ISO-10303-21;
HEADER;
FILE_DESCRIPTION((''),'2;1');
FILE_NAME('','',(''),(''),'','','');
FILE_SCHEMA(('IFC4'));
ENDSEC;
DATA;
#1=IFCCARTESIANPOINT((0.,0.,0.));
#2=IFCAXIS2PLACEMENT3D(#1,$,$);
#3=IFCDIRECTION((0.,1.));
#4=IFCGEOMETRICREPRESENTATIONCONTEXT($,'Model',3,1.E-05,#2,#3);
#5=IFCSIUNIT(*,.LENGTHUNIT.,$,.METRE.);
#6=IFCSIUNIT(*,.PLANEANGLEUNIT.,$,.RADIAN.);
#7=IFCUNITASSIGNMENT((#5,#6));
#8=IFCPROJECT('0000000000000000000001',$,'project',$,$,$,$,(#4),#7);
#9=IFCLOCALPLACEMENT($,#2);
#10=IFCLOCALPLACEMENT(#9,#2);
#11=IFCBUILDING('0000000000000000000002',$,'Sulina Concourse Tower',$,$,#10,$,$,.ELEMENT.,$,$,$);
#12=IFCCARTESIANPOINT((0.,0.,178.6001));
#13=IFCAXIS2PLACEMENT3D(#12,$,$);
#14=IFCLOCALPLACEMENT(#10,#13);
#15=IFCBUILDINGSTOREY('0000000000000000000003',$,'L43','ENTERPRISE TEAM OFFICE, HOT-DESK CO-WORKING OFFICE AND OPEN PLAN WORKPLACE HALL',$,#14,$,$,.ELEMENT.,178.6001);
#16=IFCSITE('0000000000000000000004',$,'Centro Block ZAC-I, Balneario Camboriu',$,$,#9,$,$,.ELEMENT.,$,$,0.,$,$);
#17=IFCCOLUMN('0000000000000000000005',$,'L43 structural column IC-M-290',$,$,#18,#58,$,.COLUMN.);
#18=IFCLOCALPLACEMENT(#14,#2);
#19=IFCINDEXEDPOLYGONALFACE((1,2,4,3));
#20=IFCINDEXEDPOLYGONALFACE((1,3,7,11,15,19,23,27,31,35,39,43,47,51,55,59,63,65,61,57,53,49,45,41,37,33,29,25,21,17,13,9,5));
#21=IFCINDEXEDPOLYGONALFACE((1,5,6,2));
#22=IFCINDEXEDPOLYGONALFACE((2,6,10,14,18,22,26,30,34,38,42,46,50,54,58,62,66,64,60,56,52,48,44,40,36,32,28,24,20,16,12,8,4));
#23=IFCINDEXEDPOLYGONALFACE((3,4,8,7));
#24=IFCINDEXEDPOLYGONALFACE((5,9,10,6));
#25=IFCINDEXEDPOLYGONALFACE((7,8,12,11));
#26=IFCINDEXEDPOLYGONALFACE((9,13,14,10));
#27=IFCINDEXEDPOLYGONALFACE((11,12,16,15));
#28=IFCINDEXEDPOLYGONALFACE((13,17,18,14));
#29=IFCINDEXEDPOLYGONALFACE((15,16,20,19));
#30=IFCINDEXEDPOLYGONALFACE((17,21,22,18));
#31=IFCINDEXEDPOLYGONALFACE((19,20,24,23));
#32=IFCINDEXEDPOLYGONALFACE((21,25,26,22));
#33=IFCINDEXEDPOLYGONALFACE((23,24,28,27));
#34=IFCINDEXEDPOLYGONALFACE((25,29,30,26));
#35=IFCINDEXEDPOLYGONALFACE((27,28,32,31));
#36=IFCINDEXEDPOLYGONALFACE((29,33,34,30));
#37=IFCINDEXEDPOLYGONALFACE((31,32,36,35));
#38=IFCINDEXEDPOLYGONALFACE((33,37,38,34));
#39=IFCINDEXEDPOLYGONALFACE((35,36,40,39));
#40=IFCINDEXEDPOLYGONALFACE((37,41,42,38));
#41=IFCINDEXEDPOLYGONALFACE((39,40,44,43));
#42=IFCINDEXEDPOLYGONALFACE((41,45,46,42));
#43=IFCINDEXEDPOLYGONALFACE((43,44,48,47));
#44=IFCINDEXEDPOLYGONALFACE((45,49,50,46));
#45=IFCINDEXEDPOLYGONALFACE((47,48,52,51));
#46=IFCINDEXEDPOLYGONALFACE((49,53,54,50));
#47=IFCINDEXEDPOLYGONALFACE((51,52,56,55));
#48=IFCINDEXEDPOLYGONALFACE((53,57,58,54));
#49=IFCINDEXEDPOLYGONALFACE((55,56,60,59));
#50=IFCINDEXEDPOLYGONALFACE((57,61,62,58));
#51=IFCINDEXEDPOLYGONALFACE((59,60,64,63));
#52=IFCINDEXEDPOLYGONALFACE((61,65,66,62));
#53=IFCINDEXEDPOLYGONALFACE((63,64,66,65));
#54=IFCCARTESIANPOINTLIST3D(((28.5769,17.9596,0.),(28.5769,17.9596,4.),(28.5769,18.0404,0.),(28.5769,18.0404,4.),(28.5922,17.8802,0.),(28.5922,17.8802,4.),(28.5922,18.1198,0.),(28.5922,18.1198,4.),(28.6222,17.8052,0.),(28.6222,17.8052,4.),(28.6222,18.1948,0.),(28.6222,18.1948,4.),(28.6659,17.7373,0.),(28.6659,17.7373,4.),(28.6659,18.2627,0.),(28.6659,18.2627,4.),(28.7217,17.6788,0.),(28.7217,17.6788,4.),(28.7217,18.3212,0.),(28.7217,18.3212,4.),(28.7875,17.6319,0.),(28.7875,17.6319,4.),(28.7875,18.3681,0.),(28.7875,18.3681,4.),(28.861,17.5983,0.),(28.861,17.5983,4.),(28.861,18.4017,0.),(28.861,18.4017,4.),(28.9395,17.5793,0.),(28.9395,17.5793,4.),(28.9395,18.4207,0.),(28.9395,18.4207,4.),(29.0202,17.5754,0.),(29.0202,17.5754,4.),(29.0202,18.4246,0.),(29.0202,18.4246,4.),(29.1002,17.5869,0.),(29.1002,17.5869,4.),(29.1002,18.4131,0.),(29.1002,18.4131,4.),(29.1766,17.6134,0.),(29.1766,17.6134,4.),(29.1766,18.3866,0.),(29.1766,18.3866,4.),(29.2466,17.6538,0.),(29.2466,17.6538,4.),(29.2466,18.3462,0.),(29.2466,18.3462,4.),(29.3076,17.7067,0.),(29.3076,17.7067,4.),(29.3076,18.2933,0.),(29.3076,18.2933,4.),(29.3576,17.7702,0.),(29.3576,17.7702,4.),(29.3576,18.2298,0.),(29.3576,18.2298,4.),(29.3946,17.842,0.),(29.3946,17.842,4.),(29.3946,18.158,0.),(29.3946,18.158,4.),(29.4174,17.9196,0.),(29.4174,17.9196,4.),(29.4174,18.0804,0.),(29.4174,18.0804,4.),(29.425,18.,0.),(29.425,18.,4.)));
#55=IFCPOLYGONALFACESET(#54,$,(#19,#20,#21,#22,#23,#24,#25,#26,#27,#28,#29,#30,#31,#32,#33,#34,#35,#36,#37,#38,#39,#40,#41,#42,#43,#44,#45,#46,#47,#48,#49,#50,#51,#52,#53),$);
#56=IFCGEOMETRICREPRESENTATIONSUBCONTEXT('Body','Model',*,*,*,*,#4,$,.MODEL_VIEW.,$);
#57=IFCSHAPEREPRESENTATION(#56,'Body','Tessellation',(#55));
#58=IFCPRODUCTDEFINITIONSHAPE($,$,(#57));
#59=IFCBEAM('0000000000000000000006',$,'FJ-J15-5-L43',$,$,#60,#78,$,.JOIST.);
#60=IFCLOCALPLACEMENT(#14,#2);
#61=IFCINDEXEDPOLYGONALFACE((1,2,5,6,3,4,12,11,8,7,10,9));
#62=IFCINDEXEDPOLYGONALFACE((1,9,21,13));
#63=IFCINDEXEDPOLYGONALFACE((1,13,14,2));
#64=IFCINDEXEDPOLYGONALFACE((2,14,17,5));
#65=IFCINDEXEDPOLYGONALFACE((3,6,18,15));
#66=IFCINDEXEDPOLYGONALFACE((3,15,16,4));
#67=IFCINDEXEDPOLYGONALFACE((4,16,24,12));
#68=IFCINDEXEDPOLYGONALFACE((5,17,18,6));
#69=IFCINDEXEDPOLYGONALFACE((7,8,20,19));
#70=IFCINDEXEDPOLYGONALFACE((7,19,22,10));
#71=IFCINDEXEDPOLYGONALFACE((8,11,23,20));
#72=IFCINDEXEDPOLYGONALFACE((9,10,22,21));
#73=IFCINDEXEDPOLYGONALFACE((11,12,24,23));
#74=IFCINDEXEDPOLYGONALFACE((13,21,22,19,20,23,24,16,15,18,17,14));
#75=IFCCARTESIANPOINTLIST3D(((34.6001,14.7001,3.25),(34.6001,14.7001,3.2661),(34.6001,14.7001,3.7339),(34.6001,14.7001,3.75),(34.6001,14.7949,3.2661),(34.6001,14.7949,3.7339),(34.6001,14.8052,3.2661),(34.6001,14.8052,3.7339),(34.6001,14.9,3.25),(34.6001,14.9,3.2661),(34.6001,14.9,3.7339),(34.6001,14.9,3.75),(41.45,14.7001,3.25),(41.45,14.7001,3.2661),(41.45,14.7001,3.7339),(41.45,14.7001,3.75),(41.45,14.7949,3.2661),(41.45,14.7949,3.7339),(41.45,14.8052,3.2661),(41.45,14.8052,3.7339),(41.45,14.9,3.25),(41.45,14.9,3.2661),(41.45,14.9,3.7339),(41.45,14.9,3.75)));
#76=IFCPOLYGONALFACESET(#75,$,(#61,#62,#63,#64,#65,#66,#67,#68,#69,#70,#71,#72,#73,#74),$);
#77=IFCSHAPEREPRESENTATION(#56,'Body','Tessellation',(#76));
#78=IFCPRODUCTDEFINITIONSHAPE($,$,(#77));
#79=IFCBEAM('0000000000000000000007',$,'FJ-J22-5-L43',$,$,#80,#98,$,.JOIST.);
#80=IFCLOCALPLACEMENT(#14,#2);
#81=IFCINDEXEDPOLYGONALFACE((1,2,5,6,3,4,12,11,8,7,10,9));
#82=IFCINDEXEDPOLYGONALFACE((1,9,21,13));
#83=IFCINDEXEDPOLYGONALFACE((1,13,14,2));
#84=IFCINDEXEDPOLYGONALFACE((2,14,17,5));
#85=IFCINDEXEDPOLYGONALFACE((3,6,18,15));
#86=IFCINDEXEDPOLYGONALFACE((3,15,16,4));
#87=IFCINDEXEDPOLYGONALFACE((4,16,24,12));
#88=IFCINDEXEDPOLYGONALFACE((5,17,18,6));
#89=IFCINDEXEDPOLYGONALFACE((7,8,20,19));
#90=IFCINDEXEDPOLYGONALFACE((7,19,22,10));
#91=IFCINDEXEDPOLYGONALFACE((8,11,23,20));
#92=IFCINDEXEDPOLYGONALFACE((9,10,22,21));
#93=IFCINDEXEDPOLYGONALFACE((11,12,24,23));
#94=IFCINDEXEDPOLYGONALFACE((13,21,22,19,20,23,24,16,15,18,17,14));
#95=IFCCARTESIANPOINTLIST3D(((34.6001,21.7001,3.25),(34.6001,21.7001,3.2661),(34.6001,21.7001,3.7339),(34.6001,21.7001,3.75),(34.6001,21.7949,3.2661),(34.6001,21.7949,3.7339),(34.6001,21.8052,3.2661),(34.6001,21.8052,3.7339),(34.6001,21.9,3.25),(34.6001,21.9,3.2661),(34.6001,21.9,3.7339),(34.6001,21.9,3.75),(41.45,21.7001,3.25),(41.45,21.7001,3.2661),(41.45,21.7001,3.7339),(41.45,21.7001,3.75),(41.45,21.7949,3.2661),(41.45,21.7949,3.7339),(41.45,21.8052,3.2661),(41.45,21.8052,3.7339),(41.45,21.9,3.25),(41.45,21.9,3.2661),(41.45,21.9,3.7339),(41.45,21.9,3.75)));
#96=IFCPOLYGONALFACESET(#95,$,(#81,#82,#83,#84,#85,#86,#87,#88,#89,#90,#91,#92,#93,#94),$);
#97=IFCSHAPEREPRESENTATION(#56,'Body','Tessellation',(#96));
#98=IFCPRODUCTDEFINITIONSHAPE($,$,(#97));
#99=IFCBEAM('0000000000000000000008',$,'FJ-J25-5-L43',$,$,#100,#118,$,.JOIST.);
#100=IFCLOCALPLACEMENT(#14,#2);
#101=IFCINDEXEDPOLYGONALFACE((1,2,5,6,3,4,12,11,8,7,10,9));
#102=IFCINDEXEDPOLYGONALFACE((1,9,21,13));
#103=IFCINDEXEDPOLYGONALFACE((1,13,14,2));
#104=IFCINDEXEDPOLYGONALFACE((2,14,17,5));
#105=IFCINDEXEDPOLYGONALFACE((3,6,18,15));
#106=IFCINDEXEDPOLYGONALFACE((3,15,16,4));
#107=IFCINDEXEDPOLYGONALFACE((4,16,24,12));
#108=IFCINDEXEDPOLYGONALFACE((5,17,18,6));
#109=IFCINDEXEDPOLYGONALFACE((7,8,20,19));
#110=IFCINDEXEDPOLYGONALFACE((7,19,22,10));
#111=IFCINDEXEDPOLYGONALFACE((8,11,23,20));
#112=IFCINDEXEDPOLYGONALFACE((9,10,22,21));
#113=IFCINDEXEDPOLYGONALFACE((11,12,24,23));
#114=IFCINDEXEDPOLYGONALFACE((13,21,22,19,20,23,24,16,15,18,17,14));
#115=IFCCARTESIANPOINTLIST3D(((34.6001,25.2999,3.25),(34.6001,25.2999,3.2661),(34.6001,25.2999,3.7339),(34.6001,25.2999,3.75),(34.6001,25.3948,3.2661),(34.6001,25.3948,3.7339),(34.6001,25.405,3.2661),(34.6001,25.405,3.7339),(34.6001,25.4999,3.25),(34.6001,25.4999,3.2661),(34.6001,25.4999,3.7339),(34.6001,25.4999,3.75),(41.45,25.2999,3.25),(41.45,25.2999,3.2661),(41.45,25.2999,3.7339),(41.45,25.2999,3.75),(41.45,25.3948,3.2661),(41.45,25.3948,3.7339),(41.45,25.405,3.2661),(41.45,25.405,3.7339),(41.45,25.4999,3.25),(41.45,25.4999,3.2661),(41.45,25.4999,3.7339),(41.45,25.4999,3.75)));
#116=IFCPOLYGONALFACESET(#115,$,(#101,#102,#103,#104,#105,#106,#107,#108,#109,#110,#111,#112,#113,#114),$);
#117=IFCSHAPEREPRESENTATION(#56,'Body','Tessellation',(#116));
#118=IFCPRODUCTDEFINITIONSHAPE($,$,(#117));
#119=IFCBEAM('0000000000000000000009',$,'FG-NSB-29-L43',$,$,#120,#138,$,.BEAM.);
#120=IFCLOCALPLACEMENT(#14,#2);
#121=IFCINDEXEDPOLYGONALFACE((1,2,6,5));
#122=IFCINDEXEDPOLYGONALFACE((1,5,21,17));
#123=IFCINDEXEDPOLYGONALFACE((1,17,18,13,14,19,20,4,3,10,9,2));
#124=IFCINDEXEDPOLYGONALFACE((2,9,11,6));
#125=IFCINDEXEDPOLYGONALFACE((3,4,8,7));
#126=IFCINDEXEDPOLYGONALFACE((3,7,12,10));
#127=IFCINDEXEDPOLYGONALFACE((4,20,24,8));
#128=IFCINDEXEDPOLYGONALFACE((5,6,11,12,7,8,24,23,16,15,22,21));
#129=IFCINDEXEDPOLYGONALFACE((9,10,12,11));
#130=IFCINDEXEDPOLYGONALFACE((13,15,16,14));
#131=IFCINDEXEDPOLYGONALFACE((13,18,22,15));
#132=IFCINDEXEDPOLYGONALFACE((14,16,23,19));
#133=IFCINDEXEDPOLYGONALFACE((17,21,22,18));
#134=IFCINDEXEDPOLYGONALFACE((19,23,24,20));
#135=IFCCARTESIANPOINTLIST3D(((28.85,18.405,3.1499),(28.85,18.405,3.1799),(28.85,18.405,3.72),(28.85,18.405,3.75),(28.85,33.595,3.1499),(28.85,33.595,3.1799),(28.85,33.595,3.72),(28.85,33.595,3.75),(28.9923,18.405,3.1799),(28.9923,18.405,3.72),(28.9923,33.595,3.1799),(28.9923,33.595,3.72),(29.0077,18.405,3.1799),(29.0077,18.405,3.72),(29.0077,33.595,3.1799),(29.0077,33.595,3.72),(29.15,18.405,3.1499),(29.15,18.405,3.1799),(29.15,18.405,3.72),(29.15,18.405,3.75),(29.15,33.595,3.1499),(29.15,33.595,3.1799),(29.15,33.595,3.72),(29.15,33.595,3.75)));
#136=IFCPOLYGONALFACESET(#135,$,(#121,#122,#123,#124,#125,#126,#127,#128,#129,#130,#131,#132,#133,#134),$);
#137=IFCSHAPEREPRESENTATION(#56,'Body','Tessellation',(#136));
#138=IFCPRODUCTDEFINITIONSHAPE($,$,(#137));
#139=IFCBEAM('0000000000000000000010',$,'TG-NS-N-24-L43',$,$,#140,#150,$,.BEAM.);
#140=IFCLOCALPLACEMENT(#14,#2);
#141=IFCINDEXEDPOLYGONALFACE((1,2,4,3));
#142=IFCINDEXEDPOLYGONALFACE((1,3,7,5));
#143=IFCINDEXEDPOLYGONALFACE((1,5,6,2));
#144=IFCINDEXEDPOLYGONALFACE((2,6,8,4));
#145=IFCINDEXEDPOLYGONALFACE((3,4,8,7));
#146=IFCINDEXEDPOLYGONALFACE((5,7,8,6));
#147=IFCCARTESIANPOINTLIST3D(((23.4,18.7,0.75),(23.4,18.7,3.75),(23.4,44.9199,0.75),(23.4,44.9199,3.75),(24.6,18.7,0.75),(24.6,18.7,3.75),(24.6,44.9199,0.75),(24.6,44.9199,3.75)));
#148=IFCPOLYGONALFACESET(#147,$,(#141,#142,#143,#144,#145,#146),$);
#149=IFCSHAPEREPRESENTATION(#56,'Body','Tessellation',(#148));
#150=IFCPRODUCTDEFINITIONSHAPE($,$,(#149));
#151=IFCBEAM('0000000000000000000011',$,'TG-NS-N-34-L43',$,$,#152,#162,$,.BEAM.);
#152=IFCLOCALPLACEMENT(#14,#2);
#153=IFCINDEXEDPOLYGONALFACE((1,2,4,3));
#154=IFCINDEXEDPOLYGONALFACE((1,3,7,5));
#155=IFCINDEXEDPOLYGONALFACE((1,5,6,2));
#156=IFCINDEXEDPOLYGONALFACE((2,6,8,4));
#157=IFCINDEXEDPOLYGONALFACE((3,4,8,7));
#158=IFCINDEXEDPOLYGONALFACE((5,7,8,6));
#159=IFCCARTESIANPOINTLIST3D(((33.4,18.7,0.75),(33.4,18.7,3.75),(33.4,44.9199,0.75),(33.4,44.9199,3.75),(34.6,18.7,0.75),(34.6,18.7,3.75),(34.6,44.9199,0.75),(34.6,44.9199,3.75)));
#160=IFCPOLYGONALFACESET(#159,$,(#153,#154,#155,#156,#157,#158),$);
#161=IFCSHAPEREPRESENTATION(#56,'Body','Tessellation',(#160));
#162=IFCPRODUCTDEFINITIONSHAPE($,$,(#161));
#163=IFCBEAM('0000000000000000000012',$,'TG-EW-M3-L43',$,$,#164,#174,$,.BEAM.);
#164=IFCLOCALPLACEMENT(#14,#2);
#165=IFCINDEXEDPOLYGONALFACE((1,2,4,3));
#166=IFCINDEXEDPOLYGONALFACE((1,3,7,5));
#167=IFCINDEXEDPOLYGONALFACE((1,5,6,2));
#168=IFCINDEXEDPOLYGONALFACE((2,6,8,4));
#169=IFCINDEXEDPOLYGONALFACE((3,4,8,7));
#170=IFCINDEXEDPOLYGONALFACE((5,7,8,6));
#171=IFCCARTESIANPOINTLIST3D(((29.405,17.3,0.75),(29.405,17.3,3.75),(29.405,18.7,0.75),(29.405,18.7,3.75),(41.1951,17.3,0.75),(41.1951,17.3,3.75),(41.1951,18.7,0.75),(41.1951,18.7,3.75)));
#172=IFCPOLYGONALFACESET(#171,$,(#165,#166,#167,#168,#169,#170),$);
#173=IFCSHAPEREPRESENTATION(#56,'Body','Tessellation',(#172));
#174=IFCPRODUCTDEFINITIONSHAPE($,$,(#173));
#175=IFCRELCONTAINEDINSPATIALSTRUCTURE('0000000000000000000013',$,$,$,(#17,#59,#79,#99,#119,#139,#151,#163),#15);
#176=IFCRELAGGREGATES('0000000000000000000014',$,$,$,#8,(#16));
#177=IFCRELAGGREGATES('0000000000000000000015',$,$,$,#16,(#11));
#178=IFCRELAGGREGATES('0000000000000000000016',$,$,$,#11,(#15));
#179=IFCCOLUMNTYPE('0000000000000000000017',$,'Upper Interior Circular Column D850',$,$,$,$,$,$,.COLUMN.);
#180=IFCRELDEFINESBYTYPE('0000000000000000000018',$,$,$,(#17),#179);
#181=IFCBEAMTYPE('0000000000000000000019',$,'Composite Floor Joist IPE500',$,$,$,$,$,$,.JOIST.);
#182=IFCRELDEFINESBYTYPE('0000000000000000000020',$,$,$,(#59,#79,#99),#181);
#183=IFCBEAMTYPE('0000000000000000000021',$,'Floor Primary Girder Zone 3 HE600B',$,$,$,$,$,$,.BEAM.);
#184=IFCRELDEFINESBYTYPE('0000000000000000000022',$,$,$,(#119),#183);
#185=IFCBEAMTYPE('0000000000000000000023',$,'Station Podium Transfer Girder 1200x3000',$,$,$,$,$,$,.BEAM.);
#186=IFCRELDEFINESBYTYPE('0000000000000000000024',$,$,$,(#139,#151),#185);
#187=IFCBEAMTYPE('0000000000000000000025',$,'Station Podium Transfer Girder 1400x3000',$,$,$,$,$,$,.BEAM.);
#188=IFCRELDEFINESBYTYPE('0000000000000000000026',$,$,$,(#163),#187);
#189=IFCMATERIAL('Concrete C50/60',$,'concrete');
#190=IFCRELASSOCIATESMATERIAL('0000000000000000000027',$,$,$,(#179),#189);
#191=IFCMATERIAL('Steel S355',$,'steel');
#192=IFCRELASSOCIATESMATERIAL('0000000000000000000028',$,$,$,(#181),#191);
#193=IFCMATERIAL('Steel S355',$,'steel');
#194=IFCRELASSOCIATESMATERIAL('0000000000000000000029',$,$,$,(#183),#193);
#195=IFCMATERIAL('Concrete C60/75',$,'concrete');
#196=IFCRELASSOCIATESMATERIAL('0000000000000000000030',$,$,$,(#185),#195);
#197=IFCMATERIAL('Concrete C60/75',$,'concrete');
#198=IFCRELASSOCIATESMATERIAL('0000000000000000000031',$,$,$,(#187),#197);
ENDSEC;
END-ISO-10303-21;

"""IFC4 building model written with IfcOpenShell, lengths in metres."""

from ifc_helpers import new_model, si_unit, direction, frame, origin, origin_2d, place, context, subcontext, project, spatial, rectangle, circle, i_section, extrude, material, material_profile, profile_set, type_object, element, save


model = new_model("IFC4")

# Units and contexts
model_context = context("Model", 3, precision=1e-05, world=origin(), true_north=direction((0.0, 1.0)))
body_context = subcontext(model_context, "Body", "Model", "MODEL_VIEW")
ifc_project = project(units=[si_unit("LENGTHUNIT", "METRE"), si_unit("PLANEANGLEUNIT", "RADIAN")], contexts=[model_context])

# Site, building, storey
site_placement = place(None, origin())
site = spatial("IfcSite", under=ifc_project, at=site_placement, Name="Centro Block ZAC-I, Balneario Camboriu", CompositionType="ELEMENT", RefElevation=0.0)
building_placement = place(site_placement, origin())
building = spatial("IfcBuilding", under=site, at=building_placement, Name="Sulina Concourse Tower", CompositionType="ELEMENT")
storey_placement = place(building_placement, frame((0.0, 0.0, 178.6001)))
storey = spatial("IfcBuildingStorey", under=building, at=storey_placement, Name="L43", Description="ENTERPRISE TEAM OFFICE, HOT-DESK CO-WORKING OFFICE AND OPEN PLAN WORKPLACE HALL", CompositionType="ELEMENT", Elevation=178.6001)

# Column
ifc_material_1 = material(Name="Concrete C50/60", Category="concrete")
ifc_material_profile_1 = material_profile(ifc_material_1, circle(Radius=0.425, at=origin_2d()), Name="RC D850")
ifc_profile_set_1 = profile_set([ifc_material_profile_1], Name="Concrete C50/60")
column_type = type_object("IfcColumnType", Name="Upper Interior Circular Column D850", PredefinedType="COLUMN", material=ifc_profile_set_1)
column_placement = place(storey_placement, frame((29.0, 18.0, 0.0), z_axis=(0.0, 0.0, 1.0), x_axis=(1.0, 0.0, 0.0)))
element("IfcColumn", 1, at=column_placement, inside=storey, type_object=column_type, Name="L43 structural column IC-M-290", PredefinedType="COLUMN", context=body_context, shape_type="SweptSolid", body=[
    extrude(circle(Radius=0.425, at=origin_2d()), origin(), (0.0, 0.0, 1.0), 4.0),
])

# Beams
ifc_material_2 = material(Name="Steel S355", Category="steel")
ifc_material_profile_2 = material_profile(ifc_material_2, i_section(OverallWidth=0.2, OverallDepth=0.5, WebThickness=0.0103, FlangeThickness=0.0161, at=origin_2d()), Name="IPE 500")
ifc_profile_set_2 = profile_set([ifc_material_profile_2], Name="Steel S355")
beam_type_1 = type_object("IfcBeamType", Name="Composite Floor Joist IPE500", PredefinedType="JOIST", material=ifc_profile_set_2)
for number, where, z_axis, x_axis, name in (
    (2, (34.6001, 14.8, 3.5), (1.0, 0.0, 0.0), (0.0, 1.0, 0.0), "FJ-J15-5-L43"),
    (3, (34.6001, 21.8, 3.5), (1.0, 0.0, 0.0), (0.0, 1.0, 0.0), "FJ-J22-5-L43"),
    (4, (34.6001, 25.3999, 3.5), (1.0, 0.0, 0.0), (0.0, 1.0, 0.0), "FJ-J25-5-L43"),
):
    element("IfcBeam", number, at=place(storey_placement, frame(where, z_axis=z_axis, x_axis=x_axis)), inside=storey, type_object=beam_type_1, Name=name, PredefinedType="JOIST", context=body_context, shape_type="SweptSolid", body=[
        extrude(i_section(OverallWidth=0.2, OverallDepth=0.5, WebThickness=0.0103, FlangeThickness=0.0161, at=origin_2d()), origin(), (0.0, 0.0, 1.0), 6.8499),
    ])
ifc_material_3 = material(Name="Steel S355", Category="steel")
ifc_material_profile_3 = material_profile(ifc_material_3, i_section(OverallWidth=0.3, OverallDepth=0.6001, WebThickness=0.0154, FlangeThickness=0.03, at=origin_2d()), Name="HE 600 B")
ifc_profile_set_3 = profile_set([ifc_material_profile_3], Name="Steel S355")
beam_type_2 = type_object("IfcBeamType", Name="Floor Primary Girder Zone 3 HE600B", PredefinedType="BEAM", material=ifc_profile_set_3)
beam_1_placement = place(storey_placement, frame((29.0, 18.405, 3.45), z_axis=(0.0, 1.0, 0.0), x_axis=(-1.0, 0.0, 0.0)))
element("IfcBeam", 5, at=beam_1_placement, inside=storey, type_object=beam_type_2, Name="FG-NSB-29-L43", PredefinedType="BEAM", context=body_context, shape_type="SweptSolid", body=[
    extrude(i_section(OverallWidth=0.3, OverallDepth=0.6001, WebThickness=0.0154, FlangeThickness=0.03, at=origin_2d()), origin(), (0.0, 0.0, 1.0), 15.1899),
])
ifc_material_4 = material(Name="Concrete C60/75", Category="concrete")
ifc_material_profile_4 = material_profile(ifc_material_4, rectangle(XDim=1.2, YDim=3.0, at=origin_2d()), Name="RC 1200x3000")
ifc_profile_set_4 = profile_set([ifc_material_profile_4], Name="Concrete C60/75")
beam_type_3 = type_object("IfcBeamType", Name="Station Podium Transfer Girder 1200x3000", PredefinedType="BEAM", material=ifc_profile_set_4)
for number, where, z_axis, x_axis, name in (
    (6, (24.0, 18.7, 2.25), (0.0, 1.0, 0.0), (-1.0, 0.0, 0.0), "TG-NS-N-24-L43"),
    (7, (34.0, 18.7, 2.25), (0.0, 1.0, 0.0), (-1.0, 0.0, 0.0), "TG-NS-N-34-L43"),
):
    element("IfcBeam", number, at=place(storey_placement, frame(where, z_axis=z_axis, x_axis=x_axis)), inside=storey, type_object=beam_type_3, Name=name, PredefinedType="BEAM", context=body_context, shape_type="SweptSolid", body=[
        extrude(rectangle(XDim=1.2, YDim=3.0, at=origin_2d()), origin(), (0.0, 0.0, 1.0), 26.22),
    ])
ifc_material_5 = material(Name="Concrete C60/75", Category="concrete")
ifc_material_profile_5 = material_profile(ifc_material_5, rectangle(XDim=1.3999, YDim=3.0, at=origin_2d()), Name="RC 1400x3000")
ifc_profile_set_5 = profile_set([ifc_material_profile_5], Name="Concrete C60/75")
beam_type_4 = type_object("IfcBeamType", Name="Station Podium Transfer Girder 1400x3000", PredefinedType="BEAM", material=ifc_profile_set_5)
beam_2_placement = place(storey_placement, frame((29.405, 18.0, 2.25), z_axis=(1.0, 0.0, 0.0), x_axis=(0.0, 1.0, 0.0)))
element("IfcBeam", 8, at=beam_2_placement, inside=storey, type_object=beam_type_4, Name="TG-EW-M3-L43", PredefinedType="BEAM", context=body_context, shape_type="SweptSolid", body=[
    extrude(rectangle(XDim=1.3999, YDim=3.0, at=origin_2d()), origin(), (0.0, 0.0, 1.0), 11.79),
])

save(model, "model.ifc")
